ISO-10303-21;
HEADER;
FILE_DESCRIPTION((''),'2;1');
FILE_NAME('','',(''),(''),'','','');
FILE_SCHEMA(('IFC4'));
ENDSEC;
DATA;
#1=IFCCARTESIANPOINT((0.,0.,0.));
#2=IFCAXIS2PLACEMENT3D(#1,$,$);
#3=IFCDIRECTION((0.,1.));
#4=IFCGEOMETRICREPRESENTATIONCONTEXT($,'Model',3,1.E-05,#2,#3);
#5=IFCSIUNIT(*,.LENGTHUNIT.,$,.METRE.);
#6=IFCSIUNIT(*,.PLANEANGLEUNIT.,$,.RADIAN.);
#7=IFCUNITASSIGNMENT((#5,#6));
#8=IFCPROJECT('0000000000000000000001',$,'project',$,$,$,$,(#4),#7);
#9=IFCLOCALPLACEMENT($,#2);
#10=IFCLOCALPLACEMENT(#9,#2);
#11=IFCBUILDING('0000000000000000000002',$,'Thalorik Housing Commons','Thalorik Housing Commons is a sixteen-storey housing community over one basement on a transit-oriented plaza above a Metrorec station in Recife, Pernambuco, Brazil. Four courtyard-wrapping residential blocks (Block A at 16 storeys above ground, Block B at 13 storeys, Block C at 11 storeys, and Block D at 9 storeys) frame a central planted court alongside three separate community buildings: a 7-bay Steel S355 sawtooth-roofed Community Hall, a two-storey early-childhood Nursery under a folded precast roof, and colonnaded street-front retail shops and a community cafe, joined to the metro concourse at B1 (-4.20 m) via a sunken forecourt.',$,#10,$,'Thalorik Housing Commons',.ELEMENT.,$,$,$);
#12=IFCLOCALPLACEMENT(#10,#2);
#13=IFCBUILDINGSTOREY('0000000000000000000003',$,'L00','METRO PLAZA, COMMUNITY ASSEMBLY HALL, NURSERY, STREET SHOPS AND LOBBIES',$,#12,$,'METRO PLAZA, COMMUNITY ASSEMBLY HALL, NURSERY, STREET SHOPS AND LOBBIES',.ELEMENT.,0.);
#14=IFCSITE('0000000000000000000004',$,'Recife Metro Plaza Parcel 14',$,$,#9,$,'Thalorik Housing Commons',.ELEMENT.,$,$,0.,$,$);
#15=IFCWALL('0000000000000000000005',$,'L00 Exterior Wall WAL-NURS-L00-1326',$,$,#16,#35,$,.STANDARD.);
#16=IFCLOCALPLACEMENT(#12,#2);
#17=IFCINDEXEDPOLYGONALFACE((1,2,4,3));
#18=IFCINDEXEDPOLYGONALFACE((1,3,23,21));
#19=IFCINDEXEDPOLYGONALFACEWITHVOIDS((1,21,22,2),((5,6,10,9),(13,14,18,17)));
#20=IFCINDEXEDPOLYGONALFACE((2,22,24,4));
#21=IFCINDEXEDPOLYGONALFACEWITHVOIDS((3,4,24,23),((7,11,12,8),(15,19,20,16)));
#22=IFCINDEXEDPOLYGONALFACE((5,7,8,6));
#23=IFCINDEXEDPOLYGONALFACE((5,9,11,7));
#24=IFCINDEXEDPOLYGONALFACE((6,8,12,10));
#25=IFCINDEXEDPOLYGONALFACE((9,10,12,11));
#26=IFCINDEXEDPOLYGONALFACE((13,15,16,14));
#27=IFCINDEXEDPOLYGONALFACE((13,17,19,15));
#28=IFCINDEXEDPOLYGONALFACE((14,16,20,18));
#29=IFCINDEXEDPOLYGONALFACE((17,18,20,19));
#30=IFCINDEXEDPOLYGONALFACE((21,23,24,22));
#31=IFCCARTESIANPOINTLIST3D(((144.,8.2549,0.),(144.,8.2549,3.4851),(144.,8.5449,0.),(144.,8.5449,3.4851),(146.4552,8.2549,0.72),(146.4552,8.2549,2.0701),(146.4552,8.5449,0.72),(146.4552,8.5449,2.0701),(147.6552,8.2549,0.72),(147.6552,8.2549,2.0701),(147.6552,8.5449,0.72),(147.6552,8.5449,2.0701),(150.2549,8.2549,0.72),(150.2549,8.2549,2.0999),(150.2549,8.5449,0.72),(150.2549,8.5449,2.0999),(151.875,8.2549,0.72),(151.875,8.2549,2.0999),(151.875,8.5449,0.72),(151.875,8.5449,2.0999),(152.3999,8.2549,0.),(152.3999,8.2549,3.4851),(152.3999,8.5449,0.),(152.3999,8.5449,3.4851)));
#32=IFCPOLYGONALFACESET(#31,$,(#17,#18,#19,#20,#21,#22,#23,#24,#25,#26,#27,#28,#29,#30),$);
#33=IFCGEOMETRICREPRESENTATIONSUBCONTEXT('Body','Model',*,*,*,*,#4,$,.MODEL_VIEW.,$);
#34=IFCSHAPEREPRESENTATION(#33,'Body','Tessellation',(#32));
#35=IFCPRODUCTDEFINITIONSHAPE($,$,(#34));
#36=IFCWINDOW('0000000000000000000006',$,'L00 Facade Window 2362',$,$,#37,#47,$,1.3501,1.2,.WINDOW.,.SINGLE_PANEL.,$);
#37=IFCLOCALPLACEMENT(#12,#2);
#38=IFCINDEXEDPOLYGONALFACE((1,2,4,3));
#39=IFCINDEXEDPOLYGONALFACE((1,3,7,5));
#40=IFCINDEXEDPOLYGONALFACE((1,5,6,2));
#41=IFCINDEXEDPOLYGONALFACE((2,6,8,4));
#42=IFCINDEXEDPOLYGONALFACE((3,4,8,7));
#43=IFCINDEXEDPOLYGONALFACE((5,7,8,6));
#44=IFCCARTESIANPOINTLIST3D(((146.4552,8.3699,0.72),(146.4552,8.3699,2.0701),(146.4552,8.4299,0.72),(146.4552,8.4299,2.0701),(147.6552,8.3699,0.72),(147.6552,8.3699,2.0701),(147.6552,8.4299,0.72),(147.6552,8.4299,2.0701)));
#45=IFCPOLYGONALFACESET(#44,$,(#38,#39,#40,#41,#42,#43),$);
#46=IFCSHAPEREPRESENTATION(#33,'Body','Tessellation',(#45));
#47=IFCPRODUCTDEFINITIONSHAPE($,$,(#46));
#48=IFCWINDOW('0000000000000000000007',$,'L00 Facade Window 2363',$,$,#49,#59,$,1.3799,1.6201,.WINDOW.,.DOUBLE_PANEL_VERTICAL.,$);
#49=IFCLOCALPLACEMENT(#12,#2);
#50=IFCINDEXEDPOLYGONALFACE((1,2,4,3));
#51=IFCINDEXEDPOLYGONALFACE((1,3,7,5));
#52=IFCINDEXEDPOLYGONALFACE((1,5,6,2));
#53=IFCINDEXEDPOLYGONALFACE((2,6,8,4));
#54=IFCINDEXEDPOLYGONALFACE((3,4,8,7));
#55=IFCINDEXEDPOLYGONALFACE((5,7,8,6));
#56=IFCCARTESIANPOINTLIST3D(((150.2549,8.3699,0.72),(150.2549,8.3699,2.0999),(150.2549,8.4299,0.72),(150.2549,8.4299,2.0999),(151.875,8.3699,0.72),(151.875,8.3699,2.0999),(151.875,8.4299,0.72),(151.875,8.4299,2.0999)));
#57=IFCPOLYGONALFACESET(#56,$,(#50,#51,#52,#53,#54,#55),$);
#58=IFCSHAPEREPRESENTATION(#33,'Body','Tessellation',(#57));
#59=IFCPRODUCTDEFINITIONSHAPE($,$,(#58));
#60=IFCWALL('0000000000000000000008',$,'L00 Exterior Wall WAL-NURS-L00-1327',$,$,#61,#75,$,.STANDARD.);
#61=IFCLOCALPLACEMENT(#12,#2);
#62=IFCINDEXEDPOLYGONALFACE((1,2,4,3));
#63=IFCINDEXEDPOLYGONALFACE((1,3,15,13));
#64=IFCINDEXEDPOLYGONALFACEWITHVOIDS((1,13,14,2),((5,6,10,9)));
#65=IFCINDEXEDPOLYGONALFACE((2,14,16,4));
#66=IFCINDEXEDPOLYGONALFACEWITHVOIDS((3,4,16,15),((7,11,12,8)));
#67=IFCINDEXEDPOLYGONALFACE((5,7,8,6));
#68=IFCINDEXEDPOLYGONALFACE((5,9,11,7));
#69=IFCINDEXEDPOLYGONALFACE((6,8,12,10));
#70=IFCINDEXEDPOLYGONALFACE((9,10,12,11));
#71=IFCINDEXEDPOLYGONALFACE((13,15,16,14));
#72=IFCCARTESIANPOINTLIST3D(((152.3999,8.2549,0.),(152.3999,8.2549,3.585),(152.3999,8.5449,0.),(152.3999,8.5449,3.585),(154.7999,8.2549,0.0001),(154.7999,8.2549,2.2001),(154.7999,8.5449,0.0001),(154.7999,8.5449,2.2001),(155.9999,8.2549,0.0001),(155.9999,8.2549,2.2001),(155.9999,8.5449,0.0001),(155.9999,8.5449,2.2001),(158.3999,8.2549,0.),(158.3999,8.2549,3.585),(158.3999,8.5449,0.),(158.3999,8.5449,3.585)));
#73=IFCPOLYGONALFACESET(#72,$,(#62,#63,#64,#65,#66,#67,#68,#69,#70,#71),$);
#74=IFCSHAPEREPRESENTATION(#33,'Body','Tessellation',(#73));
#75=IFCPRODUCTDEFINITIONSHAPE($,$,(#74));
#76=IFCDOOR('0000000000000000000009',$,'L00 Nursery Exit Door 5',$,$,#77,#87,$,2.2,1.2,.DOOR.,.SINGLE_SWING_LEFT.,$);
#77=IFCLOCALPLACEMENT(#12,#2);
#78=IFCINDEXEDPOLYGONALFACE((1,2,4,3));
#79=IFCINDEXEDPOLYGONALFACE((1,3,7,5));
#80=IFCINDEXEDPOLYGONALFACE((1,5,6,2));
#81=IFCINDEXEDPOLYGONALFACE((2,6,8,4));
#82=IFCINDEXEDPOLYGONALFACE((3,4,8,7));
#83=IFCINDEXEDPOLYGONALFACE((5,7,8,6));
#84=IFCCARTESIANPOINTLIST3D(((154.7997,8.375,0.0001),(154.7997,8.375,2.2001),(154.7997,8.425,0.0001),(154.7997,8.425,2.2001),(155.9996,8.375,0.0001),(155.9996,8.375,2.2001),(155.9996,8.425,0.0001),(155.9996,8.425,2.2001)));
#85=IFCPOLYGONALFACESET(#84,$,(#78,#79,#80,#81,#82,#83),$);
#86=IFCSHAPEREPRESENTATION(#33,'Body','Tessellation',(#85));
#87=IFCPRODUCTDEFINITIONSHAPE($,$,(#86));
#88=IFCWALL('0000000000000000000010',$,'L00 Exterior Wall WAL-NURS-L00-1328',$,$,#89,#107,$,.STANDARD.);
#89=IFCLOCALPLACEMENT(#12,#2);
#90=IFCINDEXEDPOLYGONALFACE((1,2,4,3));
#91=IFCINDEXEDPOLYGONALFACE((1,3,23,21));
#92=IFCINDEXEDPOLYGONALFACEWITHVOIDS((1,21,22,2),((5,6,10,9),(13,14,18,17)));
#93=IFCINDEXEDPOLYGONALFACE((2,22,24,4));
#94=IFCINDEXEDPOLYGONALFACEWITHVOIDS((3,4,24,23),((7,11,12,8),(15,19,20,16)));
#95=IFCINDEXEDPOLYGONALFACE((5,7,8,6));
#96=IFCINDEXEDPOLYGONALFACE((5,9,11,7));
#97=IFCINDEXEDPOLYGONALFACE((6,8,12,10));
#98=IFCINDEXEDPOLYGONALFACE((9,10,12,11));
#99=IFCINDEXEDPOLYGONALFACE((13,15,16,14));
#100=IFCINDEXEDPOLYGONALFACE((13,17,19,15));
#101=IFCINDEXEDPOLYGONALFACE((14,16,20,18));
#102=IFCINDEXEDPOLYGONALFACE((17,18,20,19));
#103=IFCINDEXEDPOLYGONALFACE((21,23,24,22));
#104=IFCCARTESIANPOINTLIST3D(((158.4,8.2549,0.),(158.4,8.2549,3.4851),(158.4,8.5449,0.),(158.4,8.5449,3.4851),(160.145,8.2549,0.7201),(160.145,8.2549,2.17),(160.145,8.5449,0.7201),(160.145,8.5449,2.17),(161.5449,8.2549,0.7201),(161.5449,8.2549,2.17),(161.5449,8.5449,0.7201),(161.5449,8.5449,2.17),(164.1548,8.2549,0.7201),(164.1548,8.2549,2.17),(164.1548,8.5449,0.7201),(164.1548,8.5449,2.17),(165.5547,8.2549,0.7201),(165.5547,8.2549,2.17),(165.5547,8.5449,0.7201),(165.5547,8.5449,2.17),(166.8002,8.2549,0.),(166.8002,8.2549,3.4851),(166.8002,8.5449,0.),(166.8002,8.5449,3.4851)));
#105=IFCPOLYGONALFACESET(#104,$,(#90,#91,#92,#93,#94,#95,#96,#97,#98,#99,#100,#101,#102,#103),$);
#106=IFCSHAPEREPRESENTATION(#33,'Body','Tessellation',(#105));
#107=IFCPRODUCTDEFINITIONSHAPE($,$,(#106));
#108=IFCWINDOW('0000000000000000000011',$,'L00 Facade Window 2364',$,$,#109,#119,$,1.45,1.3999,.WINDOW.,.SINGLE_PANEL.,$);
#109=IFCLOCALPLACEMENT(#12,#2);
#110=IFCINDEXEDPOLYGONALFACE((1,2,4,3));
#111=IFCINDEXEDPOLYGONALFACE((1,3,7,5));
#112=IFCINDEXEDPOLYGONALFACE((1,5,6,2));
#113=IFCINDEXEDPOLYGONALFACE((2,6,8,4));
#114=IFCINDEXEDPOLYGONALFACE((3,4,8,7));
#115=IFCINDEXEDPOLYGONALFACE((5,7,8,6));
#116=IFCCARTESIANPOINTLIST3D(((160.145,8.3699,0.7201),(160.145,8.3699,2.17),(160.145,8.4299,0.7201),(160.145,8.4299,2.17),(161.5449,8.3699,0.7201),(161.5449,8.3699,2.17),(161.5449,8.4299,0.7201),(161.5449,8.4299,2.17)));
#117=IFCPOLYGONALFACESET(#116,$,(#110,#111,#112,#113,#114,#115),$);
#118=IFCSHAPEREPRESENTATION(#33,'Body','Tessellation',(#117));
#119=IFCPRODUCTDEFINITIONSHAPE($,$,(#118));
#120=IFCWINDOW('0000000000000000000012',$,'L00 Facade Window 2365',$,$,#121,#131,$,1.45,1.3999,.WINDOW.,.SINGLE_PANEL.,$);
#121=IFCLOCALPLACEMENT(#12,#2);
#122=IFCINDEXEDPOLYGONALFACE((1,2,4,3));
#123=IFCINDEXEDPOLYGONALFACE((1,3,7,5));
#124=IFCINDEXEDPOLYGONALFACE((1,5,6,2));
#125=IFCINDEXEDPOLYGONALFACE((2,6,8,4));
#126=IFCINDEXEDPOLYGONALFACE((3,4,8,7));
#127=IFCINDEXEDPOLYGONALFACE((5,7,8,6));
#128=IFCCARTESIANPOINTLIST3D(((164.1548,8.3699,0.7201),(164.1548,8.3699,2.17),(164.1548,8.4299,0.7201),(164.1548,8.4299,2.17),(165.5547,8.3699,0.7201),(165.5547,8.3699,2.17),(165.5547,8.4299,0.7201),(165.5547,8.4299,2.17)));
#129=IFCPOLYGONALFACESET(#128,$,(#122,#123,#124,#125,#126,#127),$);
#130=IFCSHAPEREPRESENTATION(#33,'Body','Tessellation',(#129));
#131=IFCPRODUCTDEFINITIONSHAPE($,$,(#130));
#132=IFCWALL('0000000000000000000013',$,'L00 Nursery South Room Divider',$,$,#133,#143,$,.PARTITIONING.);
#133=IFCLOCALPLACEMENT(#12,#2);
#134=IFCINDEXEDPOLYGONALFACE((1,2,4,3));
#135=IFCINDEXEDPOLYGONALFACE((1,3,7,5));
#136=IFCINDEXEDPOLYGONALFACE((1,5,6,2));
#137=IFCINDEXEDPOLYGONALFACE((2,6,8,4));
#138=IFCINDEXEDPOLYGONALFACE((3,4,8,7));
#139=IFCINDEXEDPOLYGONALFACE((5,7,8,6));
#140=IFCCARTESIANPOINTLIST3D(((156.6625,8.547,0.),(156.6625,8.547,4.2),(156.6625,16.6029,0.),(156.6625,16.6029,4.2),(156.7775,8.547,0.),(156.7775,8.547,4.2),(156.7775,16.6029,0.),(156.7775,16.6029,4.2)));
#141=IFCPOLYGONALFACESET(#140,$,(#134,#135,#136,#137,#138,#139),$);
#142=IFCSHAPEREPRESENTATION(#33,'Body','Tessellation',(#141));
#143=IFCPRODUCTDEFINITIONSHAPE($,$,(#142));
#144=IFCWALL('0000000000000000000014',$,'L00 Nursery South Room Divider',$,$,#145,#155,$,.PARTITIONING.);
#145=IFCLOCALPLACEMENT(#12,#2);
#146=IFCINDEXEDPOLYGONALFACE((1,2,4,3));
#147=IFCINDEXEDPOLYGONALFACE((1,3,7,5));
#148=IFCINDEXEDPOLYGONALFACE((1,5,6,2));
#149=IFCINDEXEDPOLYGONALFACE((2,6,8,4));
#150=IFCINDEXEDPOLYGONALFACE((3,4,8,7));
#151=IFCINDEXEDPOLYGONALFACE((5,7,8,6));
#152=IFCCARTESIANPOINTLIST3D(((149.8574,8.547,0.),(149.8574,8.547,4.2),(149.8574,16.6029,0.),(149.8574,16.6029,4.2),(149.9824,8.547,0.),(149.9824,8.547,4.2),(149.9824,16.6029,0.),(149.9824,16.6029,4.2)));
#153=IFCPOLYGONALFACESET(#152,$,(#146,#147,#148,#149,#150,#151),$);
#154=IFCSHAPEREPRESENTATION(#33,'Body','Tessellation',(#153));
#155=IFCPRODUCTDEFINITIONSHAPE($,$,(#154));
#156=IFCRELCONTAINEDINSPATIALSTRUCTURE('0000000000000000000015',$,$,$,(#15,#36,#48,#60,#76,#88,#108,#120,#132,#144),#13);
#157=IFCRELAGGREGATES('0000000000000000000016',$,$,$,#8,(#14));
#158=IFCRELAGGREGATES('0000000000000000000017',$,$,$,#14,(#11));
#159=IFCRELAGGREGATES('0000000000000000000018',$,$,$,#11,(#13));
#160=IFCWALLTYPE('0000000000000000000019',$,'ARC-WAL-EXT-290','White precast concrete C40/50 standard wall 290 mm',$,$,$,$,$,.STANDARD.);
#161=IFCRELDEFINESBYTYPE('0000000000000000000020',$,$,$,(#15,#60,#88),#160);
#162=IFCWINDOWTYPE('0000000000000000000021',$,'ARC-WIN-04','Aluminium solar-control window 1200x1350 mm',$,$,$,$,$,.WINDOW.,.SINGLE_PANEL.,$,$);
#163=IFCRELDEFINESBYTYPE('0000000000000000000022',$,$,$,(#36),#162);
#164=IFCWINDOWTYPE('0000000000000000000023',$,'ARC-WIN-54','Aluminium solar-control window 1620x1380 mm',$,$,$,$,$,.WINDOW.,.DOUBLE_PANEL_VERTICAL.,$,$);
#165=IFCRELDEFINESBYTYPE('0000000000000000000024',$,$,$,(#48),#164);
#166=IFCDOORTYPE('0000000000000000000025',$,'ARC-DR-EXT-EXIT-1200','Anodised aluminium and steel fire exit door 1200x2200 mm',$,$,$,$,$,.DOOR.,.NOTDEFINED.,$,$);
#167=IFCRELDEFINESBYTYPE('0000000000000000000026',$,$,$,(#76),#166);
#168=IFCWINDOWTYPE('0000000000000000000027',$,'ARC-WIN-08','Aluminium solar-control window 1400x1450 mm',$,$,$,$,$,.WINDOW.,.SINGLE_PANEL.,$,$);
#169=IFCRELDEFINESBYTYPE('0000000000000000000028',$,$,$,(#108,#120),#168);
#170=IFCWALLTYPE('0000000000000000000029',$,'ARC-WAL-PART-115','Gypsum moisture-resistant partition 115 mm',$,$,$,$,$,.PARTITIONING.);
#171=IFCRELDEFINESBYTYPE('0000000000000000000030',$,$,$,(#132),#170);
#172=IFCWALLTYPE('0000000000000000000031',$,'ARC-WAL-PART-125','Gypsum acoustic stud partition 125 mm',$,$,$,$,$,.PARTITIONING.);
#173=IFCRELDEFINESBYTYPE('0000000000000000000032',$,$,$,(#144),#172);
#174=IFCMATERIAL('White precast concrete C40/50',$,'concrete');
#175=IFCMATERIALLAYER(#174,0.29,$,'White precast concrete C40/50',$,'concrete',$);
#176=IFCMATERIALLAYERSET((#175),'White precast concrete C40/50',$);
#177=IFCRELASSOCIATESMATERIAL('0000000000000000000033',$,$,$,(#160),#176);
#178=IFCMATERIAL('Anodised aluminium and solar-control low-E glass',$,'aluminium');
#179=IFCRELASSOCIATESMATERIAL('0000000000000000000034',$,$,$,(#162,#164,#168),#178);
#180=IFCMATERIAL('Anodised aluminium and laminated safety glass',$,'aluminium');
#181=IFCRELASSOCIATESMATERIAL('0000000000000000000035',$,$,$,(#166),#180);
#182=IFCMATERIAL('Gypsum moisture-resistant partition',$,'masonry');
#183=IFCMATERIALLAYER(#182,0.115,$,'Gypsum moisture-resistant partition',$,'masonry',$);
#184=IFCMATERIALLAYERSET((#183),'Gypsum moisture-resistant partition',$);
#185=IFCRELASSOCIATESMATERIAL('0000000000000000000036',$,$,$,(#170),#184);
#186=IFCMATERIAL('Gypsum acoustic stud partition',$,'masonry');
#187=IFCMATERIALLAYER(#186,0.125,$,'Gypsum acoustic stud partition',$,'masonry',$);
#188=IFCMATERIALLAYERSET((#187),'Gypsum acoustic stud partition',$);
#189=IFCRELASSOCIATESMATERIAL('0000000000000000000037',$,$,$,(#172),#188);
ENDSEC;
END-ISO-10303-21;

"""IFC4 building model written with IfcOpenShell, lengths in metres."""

from ifc_helpers import new_model, si_unit, direction, frame, frame_2d, origin, place, context, subcontext, project, spatial, rectangle, extrude, material, layer, layer_set, type_object, element, fill, save


model = new_model("IFC4")

# Units and contexts
model_context = context("Model", 3, precision=1e-05, world=origin(), true_north=direction((0.0, 1.0)))
body_context = subcontext(model_context, "Body", "Model", "MODEL_VIEW")
ifc_project = project(units=[si_unit("LENGTHUNIT", "METRE"), si_unit("PLANEANGLEUNIT", "RADIAN")], contexts=[model_context])

# Site, building, storey
site_placement = place(None, origin())
site = spatial("IfcSite", under=ifc_project, at=site_placement, Name="Recife Metro Plaza Parcel 14", LongName="Thalorik Housing Commons", CompositionType="ELEMENT", RefElevation=0.0)
building_placement = place(site_placement, origin())
building = spatial("IfcBuilding", under=site, at=building_placement, Name="Thalorik Housing Commons", Description="Thalorik Housing Commons is a sixteen-storey housing community over one basement on a transit-oriented plaza above a Metrorec station in Recife, Pernambuco, Brazil. Four courtyard-wrapping residential blocks (Block A at 16 storeys above ground, Block B at 13 storeys, Block C at 11 storeys, and Block D at 9 storeys) frame a central planted court alongside three separate community buildings: a 7-bay Steel S355 sawtooth-roofed Community Hall, a two-storey early-childhood Nursery under a folded precast roof, and colonnaded street-front retail shops and a community cafe, joined to the metro concourse at B1 (-4.20 m) via a sunken forecourt.", LongName="Thalorik Housing Commons", CompositionType="ELEMENT")
storey_placement = place(building_placement, origin())
storey = spatial("IfcBuildingStorey", under=building, at=storey_placement, Name="L00", Description="METRO PLAZA, COMMUNITY ASSEMBLY HALL, NURSERY, STREET SHOPS AND LOBBIES", LongName="METRO PLAZA, COMMUNITY ASSEMBLY HALL, NURSERY, STREET SHOPS AND LOBBIES", CompositionType="ELEMENT", Elevation=0.0)

# Shared definitions
ifc_material_1 = material(Name="White precast concrete C40/50", Category="concrete")
ifc_layer_1 = layer(ifc_material_1, 0.29, Name="White precast concrete C40/50", Category="concrete")
ifc_layer_set_1 = layer_set([ifc_layer_1], Name="White precast concrete C40/50")
wall_type_1 = type_object("IfcWallType", Name="ARC-WAL-EXT-290", Description="White precast concrete C40/50 standard wall 290 mm", PredefinedType="STANDARD", material=ifc_layer_set_1)
ifc_material_2 = material(Name="Anodised aluminium and laminated safety glass", Category="aluminium")

# Wall, openings, windows
wall_1_placement = place(storey_placement, frame((144.0, 8.3999, 0.0), z_axis=(0.0, 0.0, 1.0), x_axis=(1.0, 0.0, 0.0)))
wall_1 = element("IfcWall", 1, at=wall_1_placement, inside=storey, type_object=wall_type_1, Name="L00 Exterior Wall WAL-NURS-L00-1326", PredefinedType="STANDARD", context=body_context, shape_type="SweptSolid", body=[
    extrude(rectangle(XDim=8.3999, YDim=0.29, at=frame_2d((4.2, 0.0))), origin(), (0.0, 0.0, 1.0), 3.4851),
])
opening_1_placement = place(wall_1_placement, frame((2.4551, 0.0, 0.72)))
opening_1 = element("IfcOpeningElement", 2, at=opening_1_placement, cuts=wall_1, PredefinedType="OPENING", context=body_context, shape_type="SweptSolid", body=[
    extrude(rectangle(XDim=1.2, YDim=1.3501, at=frame_2d((0.6001, 0.675))), frame((0.0, 0.155, 0.0), z_axis=(0.0, -1.0, 0.0), x_axis=(1.0, 0.0, 0.0)), (0.0, 0.0, 1.0), 0.3101),
])
opening_2_placement = place(wall_1_placement, frame((6.2549, 0.0, 0.72)))
opening_2 = element("IfcOpeningElement", 3, at=opening_2_placement, cuts=wall_1, PredefinedType="OPENING", context=body_context, shape_type="SweptSolid", body=[
    extrude(rectangle(XDim=1.6201, YDim=1.3799, at=frame_2d((0.8101, 0.6899))), frame((0.0, 0.155, 0.0), z_axis=(0.0, -1.0, 0.0), x_axis=(1.0, 0.0, 0.0)), (0.0, 0.0, 1.0), 0.3101),
])
ifc_material_3 = material(Name="Anodised aluminium and solar-control low-E glass", Category="aluminium")
window_type_1 = type_object("IfcWindowType", Name="ARC-WIN-04", Description="Aluminium solar-control window 1200x1350 mm", PartitioningType="SINGLE_PANEL", PredefinedType="WINDOW", material=ifc_material_3)
window_1_placement = place(opening_1_placement, origin())
window_1 = element("IfcWindow", 4, at=window_1_placement, inside=storey, type_object=window_type_1, Name="L00 Facade Window 2362", OverallHeight=1.3501, OverallWidth=1.2, PartitioningType="SINGLE_PANEL", PredefinedType="WINDOW", context=body_context, shape_type="SweptSolid", body=[
    extrude(rectangle(XDim=1.2, YDim=1.3501, at=frame_2d((0.6001, 0.675))), frame((0.0, 0.03, 0.0), z_axis=(0.0, -1.0, 0.0), x_axis=(1.0, 0.0, 0.0)), (0.0, 0.0, 1.0), 0.0601),
])
fill(opening_1, window_1)
window_type_2 = type_object("IfcWindowType", Name="ARC-WIN-54", Description="Aluminium solar-control window 1620x1380 mm", PartitioningType="DOUBLE_PANEL_VERTICAL", PredefinedType="WINDOW", material=ifc_material_3)
window_2_placement = place(opening_2_placement, origin())
window_2 = element("IfcWindow", 5, at=window_2_placement, inside=storey, type_object=window_type_2, Name="L00 Facade Window 2363", OverallHeight=1.3799, OverallWidth=1.6201, PartitioningType="DOUBLE_PANEL_VERTICAL", PredefinedType="WINDOW", context=body_context, shape_type="SweptSolid", body=[
    extrude(rectangle(XDim=1.6201, YDim=1.3799, at=frame_2d((0.8101, 0.6899))), frame((0.0, 0.03, 0.0), z_axis=(0.0, -1.0, 0.0), x_axis=(1.0, 0.0, 0.0)), (0.0, 0.0, 1.0), 0.0601),
])
fill(opening_2, window_2)

# Wall, opening, door
wall_2_placement = place(storey_placement, frame((152.3999, 8.3999, 0.0), z_axis=(0.0, 0.0, 1.0), x_axis=(1.0, 0.0, 0.0)))
wall_2 = element("IfcWall", 6, at=wall_2_placement, inside=storey, type_object=wall_type_1, Name="L00 Exterior Wall WAL-NURS-L00-1327", PredefinedType="STANDARD", context=body_context, shape_type="SweptSolid", body=[
    extrude(rectangle(XDim=6.0, YDim=0.29, at=frame_2d((3.0, 0.0))), origin(), (0.0, 0.0, 1.0), 3.585),
])
opening_3_placement = place(wall_2_placement, frame((2.3999, 0.0, 0.0)))
opening_3 = element("IfcOpeningElement", 7, at=opening_3_placement, cuts=wall_2, PredefinedType="OPENING", context=body_context, shape_type="SweptSolid", body=[
    extrude(rectangle(XDim=1.2, YDim=2.2, at=frame_2d((0.6001, 1.1001))), frame((0.0, 0.155, 0.0), z_axis=(0.0, -1.0, 0.0), x_axis=(1.0, 0.0, 0.0)), (0.0, 0.0, 1.0), 0.3101),
])
door_type_1 = type_object("IfcDoorType", Name="ARC-DR-EXT-EXIT-1200", Description="Anodised aluminium and steel fire exit door 1200x2200 mm", OperationType="NOTDEFINED", PredefinedType="DOOR", material=ifc_material_2)
door_1_placement = place(opening_3_placement, frame((1.2, 0.0, 0.0), z_axis=(0.0, 0.0, 1.0), x_axis=(-1.0, 0.0, 0.0)))
door_1 = element("IfcDoor", 8, at=door_1_placement, inside=storey, type_object=door_type_1, Name="L00 Nursery Exit Door 5", OperationType="SINGLE_SWING_LEFT", OverallHeight=2.2, OverallWidth=1.2, PredefinedType="DOOR", context=body_context, shape_type="SweptSolid", body=[
    extrude(rectangle(XDim=1.2, YDim=2.2, at=frame_2d((0.6001, 1.1001))), frame((0.0, 0.0249, 0.0), z_axis=(0.0, -1.0, 0.0), x_axis=(1.0, 0.0, 0.0)), (0.0, 0.0, 1.0), 0.05),
])
fill(opening_3, door_1)

# Wall, openings, windows
wall_3_placement = place(storey_placement, frame((158.3999, 8.3999, 0.0), z_axis=(0.0, 0.0, 1.0), x_axis=(1.0, 0.0, 0.0)))
wall_3 = element("IfcWall", 9, at=wall_3_placement, inside=storey, type_object=wall_type_1, Name="L00 Exterior Wall WAL-NURS-L00-1328", PredefinedType="STANDARD", context=body_context, shape_type="SweptSolid", body=[
    extrude(rectangle(XDim=8.4001, YDim=0.29, at=frame_2d((4.2002, 0.0))), origin(), (0.0, 0.0, 1.0), 3.4851),
])
opening_4_placement = place(wall_3_placement, frame((1.7451, 0.0, 0.72)))
opening_4 = element("IfcOpeningElement", 10, at=opening_4_placement, cuts=wall_3, PredefinedType="OPENING", context=body_context, shape_type="SweptSolid", body=[
    extrude(rectangle(XDim=1.3999, YDim=1.45, at=frame_2d((0.7, 0.7251))), frame((0.0, 0.155, 0.0), z_axis=(0.0, -1.0, 0.0), x_axis=(1.0, 0.0, 0.0)), (0.0, 0.0, 1.0), 0.3101),
])
opening_5_placement = place(wall_3_placement, frame((5.7549, 0.0, 0.72)))
opening_5 = element("IfcOpeningElement", 11, at=opening_5_placement, cuts=wall_3, PredefinedType="OPENING", context=body_context, shape_type="SweptSolid", body=[
    extrude(rectangle(XDim=1.3999, YDim=1.45, at=frame_2d((0.7, 0.7251))), frame((0.0, 0.155, 0.0), z_axis=(0.0, -1.0, 0.0), x_axis=(1.0, 0.0, 0.0)), (0.0, 0.0, 1.0), 0.3101),
])
window_type_3 = type_object("IfcWindowType", Name="ARC-WIN-08", Description="Aluminium solar-control window 1400x1450 mm", PartitioningType="SINGLE_PANEL", PredefinedType="WINDOW", material=ifc_material_3)
window_3_placement = place(opening_4_placement, origin())
window_3 = element("IfcWindow", 12, at=window_3_placement, inside=storey, type_object=window_type_3, Name="L00 Facade Window 2364", OverallHeight=1.45, OverallWidth=1.3999, PartitioningType="SINGLE_PANEL", PredefinedType="WINDOW", context=body_context, shape_type="SweptSolid", body=[
    extrude(rectangle(XDim=1.3999, YDim=1.45, at=frame_2d((0.7, 0.7251))), frame((0.0, 0.03, 0.0), z_axis=(0.0, -1.0, 0.0), x_axis=(1.0, 0.0, 0.0)), (0.0, 0.0, 1.0), 0.0601),
])
fill(opening_4, window_3)
window_4_placement = place(opening_5_placement, origin())
window_4 = element("IfcWindow", 13, at=window_4_placement, inside=storey, type_object=window_type_3, Name="L00 Facade Window 2365", OverallHeight=1.45, OverallWidth=1.3999, PartitioningType="SINGLE_PANEL", PredefinedType="WINDOW", context=body_context, shape_type="SweptSolid", body=[
    extrude(rectangle(XDim=1.3999, YDim=1.45, at=frame_2d((0.7, 0.7251))), frame((0.0, 0.03, 0.0), z_axis=(0.0, -1.0, 0.0), x_axis=(1.0, 0.0, 0.0)), (0.0, 0.0, 1.0), 0.0601),
])
fill(opening_5, window_4)

# Walls
ifc_material_4 = material(Name="Gypsum moisture-resistant partition", Category="masonry")
ifc_layer_2 = layer(ifc_material_4, 0.115, Name="Gypsum moisture-resistant partition", Category="masonry")
ifc_layer_set_2 = layer_set([ifc_layer_2], Name="Gypsum moisture-resistant partition")
wall_type_2 = type_object("IfcWallType", Name="ARC-WAL-PART-115", Description="Gypsum moisture-resistant partition 115 mm", PredefinedType="PARTITIONING", material=ifc_layer_set_2)
wall_4_placement = place(storey_placement, frame((156.72, 8.5471, 0.0), z_axis=(0.0, 0.0, 1.0), x_axis=(0.0, 1.0, 0.0)))
element("IfcWall", 14, at=wall_4_placement, inside=storey, type_object=wall_type_2, Name="L00 Nursery South Room Divider", PredefinedType="PARTITIONING", context=body_context, shape_type="SweptSolid", body=[
    extrude(rectangle(XDim=8.0559, YDim=0.115, at=frame_2d((4.0278, 0.0))), origin(), (0.0, 0.0, 1.0), 4.2),
])
ifc_material_5 = material(Name="Gypsum acoustic stud partition", Category="masonry")
ifc_layer_3 = layer(ifc_material_5, 0.125, Name="Gypsum acoustic stud partition", Category="masonry")
ifc_layer_set_3 = layer_set([ifc_layer_3], Name="Gypsum acoustic stud partition")
wall_type_3 = type_object("IfcWallType", Name="ARC-WAL-PART-125", Description="Gypsum acoustic stud partition 125 mm", PredefinedType="PARTITIONING", material=ifc_layer_set_3)
wall_5_placement = place(storey_placement, frame((149.9199, 8.5471, 0.0), z_axis=(0.0, 0.0, 1.0), x_axis=(0.0, 1.0, 0.0)))
element("IfcWall", 15, at=wall_5_placement, inside=storey, type_object=wall_type_3, Name="L00 Nursery South Room Divider", PredefinedType="PARTITIONING", context=body_context, shape_type="SweptSolid", body=[
    extrude(rectangle(XDim=8.0559, YDim=0.125, at=frame_2d((4.0278, 0.0))), origin(), (0.0, 0.0, 1.0), 4.2),
])

save(model, "model.ifc")
